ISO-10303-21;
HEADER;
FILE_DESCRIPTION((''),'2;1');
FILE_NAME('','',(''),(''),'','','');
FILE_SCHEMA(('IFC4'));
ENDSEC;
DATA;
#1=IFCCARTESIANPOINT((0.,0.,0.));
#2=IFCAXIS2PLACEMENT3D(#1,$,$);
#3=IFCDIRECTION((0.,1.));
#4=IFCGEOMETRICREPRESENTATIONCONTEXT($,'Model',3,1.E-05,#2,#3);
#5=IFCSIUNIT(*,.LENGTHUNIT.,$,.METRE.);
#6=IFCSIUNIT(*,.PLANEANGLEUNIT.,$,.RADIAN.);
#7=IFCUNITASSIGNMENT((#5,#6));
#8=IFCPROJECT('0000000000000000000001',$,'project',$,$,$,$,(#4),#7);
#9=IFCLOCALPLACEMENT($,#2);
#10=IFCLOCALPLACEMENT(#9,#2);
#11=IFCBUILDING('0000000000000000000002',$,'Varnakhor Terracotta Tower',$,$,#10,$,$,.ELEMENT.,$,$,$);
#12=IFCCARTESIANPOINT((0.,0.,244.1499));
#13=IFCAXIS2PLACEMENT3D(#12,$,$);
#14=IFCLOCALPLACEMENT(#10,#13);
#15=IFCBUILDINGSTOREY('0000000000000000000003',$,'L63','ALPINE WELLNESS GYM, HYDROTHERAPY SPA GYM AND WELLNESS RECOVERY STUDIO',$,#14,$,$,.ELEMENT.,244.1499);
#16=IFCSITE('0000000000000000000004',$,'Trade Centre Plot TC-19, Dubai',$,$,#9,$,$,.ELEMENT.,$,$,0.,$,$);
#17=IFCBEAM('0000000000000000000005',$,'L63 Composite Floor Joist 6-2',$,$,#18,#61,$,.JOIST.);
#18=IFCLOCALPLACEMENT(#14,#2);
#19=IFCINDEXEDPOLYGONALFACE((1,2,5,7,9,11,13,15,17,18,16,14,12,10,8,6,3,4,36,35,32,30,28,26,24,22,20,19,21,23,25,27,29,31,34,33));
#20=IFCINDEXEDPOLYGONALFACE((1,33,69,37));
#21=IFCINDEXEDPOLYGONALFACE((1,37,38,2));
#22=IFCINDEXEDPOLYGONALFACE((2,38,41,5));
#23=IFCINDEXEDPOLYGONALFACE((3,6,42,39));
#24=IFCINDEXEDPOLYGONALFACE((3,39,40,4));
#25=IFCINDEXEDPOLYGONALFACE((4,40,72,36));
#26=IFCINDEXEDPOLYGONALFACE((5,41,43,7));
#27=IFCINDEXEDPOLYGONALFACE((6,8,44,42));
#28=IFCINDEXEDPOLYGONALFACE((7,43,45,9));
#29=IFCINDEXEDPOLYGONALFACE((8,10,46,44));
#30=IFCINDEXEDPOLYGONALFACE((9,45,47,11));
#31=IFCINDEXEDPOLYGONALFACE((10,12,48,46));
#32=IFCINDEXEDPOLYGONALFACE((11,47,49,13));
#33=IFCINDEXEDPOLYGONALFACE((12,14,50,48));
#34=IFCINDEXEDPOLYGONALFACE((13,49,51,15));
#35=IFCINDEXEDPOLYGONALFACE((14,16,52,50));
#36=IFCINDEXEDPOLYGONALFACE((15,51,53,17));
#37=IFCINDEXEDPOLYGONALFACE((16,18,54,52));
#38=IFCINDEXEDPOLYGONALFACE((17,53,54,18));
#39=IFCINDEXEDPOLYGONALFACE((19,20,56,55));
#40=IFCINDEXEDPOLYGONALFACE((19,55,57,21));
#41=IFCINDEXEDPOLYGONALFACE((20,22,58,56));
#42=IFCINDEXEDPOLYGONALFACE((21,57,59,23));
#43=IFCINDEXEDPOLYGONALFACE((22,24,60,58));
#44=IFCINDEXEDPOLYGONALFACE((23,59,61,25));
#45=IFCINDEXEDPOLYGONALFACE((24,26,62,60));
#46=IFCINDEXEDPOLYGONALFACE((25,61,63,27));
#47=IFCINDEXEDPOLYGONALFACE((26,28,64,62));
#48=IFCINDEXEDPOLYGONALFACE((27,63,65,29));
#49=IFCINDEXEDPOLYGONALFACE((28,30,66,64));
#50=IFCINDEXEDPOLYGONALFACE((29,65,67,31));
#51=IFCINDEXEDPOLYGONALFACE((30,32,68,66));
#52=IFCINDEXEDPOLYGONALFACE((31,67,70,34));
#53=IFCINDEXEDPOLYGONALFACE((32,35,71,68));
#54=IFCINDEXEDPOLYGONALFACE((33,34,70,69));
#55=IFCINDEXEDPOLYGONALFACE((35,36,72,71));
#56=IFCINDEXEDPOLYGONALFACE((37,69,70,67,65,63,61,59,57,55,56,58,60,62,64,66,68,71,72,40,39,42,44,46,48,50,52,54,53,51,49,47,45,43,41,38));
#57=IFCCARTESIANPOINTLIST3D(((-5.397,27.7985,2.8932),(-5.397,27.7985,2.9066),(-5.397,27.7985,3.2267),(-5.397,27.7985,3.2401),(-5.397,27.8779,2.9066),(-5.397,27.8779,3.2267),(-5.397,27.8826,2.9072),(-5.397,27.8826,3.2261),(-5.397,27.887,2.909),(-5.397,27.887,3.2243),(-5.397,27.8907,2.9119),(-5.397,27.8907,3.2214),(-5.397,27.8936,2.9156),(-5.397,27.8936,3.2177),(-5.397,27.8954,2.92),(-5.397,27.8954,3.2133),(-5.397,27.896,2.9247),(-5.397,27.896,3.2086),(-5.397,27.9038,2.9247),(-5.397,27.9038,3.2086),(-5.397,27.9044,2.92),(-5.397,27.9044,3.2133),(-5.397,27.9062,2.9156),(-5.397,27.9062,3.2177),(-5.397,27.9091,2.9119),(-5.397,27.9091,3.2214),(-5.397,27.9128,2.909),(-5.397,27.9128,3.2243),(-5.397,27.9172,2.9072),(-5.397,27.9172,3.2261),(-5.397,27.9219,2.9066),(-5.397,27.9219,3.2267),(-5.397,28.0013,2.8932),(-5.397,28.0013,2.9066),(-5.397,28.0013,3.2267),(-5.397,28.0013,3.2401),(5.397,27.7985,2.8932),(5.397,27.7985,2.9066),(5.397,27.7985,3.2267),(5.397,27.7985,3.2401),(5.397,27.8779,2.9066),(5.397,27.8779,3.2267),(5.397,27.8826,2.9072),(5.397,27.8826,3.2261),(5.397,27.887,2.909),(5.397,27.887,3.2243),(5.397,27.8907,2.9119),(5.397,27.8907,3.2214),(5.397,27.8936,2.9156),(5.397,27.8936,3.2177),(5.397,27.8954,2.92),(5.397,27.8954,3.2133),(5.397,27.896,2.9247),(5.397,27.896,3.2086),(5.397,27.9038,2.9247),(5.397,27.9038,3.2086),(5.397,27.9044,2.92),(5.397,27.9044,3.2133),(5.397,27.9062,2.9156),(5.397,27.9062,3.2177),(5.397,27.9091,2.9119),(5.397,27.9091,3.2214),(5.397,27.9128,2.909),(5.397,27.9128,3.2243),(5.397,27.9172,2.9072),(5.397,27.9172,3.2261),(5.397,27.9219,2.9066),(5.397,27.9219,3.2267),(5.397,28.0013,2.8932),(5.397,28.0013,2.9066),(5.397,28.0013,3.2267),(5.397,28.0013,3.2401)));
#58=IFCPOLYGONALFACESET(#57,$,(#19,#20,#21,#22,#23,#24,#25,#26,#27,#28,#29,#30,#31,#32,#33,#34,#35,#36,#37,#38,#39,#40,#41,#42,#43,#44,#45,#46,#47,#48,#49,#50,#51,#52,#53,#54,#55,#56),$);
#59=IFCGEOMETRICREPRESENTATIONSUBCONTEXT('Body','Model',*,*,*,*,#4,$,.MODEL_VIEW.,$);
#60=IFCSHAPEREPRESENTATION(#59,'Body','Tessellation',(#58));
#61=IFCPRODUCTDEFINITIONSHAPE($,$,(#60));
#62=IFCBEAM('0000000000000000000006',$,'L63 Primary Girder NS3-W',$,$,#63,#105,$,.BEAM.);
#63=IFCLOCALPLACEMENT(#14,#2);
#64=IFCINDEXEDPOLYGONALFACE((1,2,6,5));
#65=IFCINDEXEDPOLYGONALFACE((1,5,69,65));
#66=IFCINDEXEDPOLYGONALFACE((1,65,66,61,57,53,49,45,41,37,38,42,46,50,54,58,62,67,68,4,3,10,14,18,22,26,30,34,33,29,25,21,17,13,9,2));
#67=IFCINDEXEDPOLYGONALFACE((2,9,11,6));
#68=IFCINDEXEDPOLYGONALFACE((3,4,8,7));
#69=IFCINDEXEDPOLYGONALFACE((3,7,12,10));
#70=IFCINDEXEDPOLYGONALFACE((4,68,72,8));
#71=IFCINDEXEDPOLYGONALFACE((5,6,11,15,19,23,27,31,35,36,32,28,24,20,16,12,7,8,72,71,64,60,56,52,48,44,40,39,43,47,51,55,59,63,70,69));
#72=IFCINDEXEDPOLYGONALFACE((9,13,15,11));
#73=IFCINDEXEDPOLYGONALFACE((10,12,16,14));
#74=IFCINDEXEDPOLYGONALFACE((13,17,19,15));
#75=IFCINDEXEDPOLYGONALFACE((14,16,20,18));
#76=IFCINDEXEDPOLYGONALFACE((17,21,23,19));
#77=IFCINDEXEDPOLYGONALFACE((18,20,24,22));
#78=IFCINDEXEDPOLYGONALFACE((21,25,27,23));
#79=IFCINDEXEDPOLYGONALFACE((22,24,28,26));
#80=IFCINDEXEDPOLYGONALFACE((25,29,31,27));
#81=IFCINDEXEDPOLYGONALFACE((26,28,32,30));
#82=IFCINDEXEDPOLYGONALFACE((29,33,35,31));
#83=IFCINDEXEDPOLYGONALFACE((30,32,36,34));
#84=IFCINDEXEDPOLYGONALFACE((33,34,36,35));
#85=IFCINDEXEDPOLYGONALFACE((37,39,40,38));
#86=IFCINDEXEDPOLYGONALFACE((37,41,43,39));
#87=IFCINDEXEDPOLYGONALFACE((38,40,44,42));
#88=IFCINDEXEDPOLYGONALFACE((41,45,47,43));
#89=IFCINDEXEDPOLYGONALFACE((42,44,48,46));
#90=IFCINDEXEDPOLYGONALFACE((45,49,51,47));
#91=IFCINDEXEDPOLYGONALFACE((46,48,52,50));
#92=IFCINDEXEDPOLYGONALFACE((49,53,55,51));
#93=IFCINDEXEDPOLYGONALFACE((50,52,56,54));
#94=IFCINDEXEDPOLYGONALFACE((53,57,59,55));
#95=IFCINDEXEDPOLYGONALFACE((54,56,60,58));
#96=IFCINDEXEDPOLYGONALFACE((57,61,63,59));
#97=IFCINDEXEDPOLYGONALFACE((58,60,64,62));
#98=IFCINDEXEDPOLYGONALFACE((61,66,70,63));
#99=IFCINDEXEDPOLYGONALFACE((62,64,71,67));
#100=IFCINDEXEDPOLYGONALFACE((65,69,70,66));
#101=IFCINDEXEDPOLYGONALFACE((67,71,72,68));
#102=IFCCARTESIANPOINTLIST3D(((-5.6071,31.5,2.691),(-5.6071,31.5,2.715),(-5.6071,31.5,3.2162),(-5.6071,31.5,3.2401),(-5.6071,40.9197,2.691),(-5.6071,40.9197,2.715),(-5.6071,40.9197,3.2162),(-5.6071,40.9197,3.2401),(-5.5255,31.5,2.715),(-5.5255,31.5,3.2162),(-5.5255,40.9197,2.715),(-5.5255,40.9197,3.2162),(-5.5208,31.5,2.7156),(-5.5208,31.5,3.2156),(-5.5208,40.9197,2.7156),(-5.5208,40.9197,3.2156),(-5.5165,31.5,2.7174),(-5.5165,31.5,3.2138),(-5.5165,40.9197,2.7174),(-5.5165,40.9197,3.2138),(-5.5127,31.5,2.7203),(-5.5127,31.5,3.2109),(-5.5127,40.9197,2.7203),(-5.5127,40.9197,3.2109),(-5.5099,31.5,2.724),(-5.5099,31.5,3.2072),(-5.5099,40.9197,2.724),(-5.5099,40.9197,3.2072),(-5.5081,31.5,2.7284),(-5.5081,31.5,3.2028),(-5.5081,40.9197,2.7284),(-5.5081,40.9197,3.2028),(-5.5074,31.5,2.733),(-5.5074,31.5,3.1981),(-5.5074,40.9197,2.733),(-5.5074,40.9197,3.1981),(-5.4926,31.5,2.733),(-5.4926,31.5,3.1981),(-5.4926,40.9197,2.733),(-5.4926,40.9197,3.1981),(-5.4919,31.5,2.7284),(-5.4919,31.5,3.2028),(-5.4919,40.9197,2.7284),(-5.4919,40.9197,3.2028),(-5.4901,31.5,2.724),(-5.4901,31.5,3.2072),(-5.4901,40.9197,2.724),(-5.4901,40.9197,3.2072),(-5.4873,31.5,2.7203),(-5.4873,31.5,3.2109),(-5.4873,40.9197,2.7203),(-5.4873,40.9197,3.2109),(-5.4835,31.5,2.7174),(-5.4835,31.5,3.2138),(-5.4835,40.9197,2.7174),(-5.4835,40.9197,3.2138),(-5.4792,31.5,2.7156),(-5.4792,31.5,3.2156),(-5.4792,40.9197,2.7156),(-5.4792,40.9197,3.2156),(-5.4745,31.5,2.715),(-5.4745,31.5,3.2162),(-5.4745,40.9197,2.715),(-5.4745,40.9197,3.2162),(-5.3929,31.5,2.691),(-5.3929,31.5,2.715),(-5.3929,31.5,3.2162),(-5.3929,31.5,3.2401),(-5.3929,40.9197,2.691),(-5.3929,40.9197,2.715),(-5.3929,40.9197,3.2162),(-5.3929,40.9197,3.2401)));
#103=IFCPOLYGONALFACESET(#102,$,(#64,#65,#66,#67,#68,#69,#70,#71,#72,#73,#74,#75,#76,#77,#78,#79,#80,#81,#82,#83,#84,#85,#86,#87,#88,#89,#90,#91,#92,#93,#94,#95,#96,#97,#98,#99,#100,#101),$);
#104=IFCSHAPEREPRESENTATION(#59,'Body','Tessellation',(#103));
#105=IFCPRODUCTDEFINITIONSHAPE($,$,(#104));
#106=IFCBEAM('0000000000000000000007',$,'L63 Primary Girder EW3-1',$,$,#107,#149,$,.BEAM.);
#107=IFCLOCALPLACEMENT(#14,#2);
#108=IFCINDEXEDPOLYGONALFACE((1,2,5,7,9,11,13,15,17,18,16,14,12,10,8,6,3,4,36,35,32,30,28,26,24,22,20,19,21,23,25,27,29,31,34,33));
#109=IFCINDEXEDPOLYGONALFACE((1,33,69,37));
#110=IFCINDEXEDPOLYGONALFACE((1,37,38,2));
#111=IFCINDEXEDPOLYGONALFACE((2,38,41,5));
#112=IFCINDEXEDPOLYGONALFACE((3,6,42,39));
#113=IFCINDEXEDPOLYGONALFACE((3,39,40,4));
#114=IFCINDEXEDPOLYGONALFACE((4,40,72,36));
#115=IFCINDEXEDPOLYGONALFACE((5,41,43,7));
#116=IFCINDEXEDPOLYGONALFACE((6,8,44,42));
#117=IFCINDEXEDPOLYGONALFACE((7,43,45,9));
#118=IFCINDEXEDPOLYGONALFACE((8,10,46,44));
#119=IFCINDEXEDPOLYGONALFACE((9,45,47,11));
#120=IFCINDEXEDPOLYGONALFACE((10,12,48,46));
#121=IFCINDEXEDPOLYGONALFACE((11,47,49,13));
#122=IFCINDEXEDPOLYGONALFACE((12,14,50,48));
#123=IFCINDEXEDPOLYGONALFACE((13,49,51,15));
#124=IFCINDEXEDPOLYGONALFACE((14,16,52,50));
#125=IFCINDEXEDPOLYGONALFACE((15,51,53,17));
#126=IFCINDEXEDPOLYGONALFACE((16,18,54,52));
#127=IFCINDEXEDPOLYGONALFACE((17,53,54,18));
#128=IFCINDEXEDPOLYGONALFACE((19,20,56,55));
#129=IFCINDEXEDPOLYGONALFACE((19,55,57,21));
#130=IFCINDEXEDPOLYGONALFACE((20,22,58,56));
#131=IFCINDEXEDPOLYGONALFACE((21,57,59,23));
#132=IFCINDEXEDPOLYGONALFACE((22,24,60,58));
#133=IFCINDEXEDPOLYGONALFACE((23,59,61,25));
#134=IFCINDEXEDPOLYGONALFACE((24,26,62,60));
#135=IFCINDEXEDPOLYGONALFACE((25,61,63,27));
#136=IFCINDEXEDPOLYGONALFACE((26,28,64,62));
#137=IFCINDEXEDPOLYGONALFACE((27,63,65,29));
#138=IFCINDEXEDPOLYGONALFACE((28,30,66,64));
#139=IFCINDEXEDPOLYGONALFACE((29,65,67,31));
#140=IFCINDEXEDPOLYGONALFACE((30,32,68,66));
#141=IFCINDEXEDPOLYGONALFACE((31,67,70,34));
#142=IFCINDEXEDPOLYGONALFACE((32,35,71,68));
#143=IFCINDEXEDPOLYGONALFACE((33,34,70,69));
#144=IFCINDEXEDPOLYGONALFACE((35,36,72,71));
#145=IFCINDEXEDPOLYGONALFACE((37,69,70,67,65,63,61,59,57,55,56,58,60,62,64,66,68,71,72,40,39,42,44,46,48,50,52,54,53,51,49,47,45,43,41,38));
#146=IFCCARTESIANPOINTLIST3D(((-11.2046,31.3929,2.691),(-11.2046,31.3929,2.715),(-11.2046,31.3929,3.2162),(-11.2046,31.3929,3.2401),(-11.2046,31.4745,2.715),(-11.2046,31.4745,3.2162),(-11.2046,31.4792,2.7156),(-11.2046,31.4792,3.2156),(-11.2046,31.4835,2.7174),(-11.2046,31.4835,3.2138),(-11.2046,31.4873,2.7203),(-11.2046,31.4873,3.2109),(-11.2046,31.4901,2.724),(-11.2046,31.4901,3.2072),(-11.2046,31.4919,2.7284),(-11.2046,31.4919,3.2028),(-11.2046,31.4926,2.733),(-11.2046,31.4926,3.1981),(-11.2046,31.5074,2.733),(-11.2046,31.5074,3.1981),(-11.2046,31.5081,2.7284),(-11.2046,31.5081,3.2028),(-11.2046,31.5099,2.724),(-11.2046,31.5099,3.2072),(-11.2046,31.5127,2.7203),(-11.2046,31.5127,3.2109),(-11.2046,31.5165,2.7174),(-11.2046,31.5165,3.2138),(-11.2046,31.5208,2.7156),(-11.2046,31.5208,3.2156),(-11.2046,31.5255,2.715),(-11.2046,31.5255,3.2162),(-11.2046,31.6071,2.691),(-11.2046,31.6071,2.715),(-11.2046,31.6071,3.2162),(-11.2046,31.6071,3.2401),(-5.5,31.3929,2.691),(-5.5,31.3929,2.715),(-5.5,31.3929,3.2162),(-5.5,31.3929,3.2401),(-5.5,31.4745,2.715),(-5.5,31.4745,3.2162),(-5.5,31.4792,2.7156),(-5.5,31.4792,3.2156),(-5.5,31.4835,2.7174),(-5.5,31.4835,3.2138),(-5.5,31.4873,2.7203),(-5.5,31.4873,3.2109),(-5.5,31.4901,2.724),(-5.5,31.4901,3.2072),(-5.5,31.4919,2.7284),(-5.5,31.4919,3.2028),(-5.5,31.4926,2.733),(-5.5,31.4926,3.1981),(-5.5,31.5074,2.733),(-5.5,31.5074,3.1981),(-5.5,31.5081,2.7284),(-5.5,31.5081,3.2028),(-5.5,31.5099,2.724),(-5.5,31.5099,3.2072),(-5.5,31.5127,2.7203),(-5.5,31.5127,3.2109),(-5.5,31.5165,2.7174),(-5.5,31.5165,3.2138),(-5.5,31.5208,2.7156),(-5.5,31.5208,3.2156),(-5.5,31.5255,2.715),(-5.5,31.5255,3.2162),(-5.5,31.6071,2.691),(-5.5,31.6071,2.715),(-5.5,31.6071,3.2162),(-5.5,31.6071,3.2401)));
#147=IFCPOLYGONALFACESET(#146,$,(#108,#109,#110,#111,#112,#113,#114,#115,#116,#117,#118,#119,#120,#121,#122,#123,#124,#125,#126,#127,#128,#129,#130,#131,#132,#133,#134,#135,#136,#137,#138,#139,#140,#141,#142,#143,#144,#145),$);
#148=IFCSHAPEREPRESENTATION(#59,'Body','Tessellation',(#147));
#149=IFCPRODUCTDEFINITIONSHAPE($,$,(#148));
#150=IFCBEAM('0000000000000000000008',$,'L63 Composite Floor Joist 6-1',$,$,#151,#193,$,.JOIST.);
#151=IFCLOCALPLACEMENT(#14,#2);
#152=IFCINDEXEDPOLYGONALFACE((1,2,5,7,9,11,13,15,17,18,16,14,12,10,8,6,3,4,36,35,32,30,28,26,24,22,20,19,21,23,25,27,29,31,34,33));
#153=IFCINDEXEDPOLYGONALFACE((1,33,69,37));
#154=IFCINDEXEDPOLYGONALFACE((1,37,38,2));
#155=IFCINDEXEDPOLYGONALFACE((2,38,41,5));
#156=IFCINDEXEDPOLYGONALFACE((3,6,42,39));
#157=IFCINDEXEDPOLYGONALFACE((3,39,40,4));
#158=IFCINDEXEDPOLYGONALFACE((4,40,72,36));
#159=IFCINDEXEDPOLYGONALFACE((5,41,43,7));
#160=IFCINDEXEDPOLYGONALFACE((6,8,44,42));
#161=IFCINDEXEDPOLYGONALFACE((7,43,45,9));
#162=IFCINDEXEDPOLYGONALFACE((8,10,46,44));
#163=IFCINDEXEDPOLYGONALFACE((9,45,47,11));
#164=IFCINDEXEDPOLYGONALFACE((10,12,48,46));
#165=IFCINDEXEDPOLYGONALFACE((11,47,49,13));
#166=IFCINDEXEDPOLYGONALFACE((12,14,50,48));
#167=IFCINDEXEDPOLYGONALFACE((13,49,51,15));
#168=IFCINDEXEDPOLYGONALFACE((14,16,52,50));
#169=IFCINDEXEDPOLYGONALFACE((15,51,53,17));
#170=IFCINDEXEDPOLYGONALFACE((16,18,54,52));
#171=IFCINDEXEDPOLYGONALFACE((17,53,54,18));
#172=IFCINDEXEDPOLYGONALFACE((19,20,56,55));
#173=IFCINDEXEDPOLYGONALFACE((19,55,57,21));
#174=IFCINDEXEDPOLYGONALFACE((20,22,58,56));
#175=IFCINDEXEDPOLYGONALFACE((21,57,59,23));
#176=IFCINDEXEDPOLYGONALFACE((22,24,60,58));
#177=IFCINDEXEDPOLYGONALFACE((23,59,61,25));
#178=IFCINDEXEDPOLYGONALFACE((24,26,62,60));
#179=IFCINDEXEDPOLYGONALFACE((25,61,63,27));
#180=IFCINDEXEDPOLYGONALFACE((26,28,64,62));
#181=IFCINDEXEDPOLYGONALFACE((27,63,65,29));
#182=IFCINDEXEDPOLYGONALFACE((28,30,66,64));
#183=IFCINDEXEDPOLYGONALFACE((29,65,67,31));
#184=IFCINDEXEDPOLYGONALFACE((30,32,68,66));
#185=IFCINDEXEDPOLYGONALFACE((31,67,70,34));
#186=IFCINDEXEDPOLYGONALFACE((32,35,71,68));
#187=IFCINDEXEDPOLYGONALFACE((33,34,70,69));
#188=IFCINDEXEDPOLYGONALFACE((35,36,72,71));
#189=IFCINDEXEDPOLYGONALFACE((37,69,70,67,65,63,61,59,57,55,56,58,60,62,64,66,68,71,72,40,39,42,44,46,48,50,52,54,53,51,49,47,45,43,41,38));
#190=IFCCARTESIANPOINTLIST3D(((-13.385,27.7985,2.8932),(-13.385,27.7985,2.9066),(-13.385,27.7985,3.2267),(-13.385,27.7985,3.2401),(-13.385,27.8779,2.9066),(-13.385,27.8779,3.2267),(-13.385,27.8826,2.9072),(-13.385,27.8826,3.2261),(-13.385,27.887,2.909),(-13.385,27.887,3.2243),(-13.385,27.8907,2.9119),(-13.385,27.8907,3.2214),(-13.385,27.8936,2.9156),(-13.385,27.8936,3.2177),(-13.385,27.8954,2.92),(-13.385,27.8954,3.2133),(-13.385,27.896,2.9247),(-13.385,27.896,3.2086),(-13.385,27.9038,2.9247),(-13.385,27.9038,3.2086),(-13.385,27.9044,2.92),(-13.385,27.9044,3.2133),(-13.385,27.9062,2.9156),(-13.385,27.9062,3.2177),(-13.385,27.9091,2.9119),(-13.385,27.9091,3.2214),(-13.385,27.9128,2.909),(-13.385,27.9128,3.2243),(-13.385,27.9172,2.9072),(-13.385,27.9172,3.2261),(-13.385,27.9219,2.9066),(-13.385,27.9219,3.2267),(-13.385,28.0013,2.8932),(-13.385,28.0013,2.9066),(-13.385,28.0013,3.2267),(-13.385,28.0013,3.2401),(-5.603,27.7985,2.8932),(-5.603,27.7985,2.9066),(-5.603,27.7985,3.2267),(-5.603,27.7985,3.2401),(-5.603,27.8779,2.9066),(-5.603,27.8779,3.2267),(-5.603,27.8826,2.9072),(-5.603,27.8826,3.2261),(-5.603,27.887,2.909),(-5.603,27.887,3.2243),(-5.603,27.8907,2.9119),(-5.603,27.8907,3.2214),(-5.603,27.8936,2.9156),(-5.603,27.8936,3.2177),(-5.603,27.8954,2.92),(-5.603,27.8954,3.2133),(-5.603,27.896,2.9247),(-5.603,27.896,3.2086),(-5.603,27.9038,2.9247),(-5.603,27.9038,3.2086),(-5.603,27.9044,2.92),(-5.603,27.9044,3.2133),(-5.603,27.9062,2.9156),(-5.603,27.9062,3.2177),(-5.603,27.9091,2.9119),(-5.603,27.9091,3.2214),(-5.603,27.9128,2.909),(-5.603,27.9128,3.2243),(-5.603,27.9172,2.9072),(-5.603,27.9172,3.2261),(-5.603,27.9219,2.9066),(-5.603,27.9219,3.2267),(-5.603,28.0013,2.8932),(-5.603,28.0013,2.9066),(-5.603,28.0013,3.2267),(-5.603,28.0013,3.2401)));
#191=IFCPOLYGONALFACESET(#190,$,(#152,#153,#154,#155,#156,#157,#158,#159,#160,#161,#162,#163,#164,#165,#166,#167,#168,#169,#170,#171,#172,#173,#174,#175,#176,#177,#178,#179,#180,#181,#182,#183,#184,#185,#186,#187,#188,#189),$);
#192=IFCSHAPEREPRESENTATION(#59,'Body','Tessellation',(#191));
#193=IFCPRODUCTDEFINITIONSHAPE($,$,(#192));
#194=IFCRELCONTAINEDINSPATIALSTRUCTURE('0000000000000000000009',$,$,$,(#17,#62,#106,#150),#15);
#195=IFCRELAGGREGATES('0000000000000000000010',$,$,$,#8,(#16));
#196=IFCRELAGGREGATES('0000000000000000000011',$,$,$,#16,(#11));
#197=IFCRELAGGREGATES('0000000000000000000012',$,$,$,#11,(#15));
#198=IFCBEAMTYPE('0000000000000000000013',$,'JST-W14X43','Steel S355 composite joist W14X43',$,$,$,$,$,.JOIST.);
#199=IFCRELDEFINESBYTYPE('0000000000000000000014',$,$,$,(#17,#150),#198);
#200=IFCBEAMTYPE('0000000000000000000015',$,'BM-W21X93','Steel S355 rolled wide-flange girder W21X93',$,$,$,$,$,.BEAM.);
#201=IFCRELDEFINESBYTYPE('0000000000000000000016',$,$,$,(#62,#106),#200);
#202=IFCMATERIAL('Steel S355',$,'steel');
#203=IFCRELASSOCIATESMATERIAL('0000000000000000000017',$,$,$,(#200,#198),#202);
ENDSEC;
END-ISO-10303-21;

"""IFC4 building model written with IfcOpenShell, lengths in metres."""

from ifc_helpers import new_model, si_unit, direction, frame, origin, origin_2d, place, context, subcontext, project, spatial, i_section, extrude, source, transform, mapped, material, material_profile, profile_set, type_object, element, save


model = new_model("IFC4")

# Units and contexts
model_context = context("Model", 3, precision=1e-05, world=origin(), true_north=direction((0.0, 1.0)))
body_context = subcontext(model_context, "Body", "Model", "MODEL_VIEW")
ifc_project = project(units=[si_unit("LENGTHUNIT", "METRE"), si_unit("PLANEANGLEUNIT", "RADIAN")], contexts=[model_context])

# Site, building, storey
site_placement = place(None, origin())
site = spatial("IfcSite", under=ifc_project, at=site_placement, Name="Trade Centre Plot TC-19, Dubai", CompositionType="ELEMENT", RefElevation=0.0)
building_placement = place(site_placement, origin())
building = spatial("IfcBuilding", under=site, at=building_placement, Name="Varnakhor Terracotta Tower", CompositionType="ELEMENT")
storey_placement = place(building_placement, frame((0.0, 0.0, 244.1499)))
storey = spatial("IfcBuildingStorey", under=building, at=storey_placement, Name="L63", Description="ALPINE WELLNESS GYM, HYDROTHERAPY SPA GYM AND WELLNESS RECOVERY STUDIO", CompositionType="ELEMENT", Elevation=244.1499)

# Beams
ifc_material_1 = material(Name="Steel S355", Category="steel")
ifc_material_profile_1 = material_profile(ifc_material_1, i_section(OverallWidth=0.2141, OverallDepth=0.5491, WebThickness=0.0149, FlangeThickness=0.0239, FilletRadius=0.0181, at=origin_2d()), Name="W21X93")
ifc_profile_set_1 = profile_set([ifc_material_profile_1], Name="Steel S355")
beam_type_1 = type_object("IfcBeamType", Name="BM-W21X93", Description="Steel S355 rolled wide-flange girder W21X93", PredefinedType="BEAM", material=ifc_profile_set_1)
ifc_material_profile_2 = material_profile(ifc_material_1, i_section(OverallWidth=0.2029, OverallDepth=0.3469, WebThickness=0.0078, FlangeThickness=0.0134, FilletRadius=0.0181, at=origin_2d()), Name="W14X43")
ifc_profile_set_2 = profile_set([ifc_material_profile_2], Name="Steel S355")
beam_type_2 = type_object("IfcBeamType", Name="JST-W14X43", Description="Steel S355 composite joist W14X43", PredefinedType="JOIST", material=ifc_profile_set_2)
shared_shape_1 = source(origin(), body_context, "Body", "SweptSolid", [
    extrude(i_section(OverallWidth=0.2029, OverallDepth=0.3469, WebThickness=0.0078, FlangeThickness=0.0134, FilletRadius=0.0181, at=origin_2d()), origin(), (0.0, 0.0, 1.0), 10.7939),
])
beam_1_placement = place(storey_placement, frame((-5.397, 27.8999, 3.0667), z_axis=(1.0, 0.0, 0.0), x_axis=(0.0, 1.0, 0.0)))
element("IfcBeam", 1, at=beam_1_placement, inside=storey, type_object=beam_type_2, Name="L63 Composite Floor Joist 6-2", PredefinedType="JOIST", context=body_context, shape_type="MappedRepresentation", body=[
    mapped(shared_shape_1, transform((0.0, 0.0, 0.0), scale=1.0)),
])
shared_shape_2 = source(origin(), body_context, "Body", "SweptSolid", [
    extrude(i_section(OverallWidth=0.2141, OverallDepth=0.5491, WebThickness=0.0149, FlangeThickness=0.0239, FilletRadius=0.0181, at=origin_2d()), origin(), (0.0, 0.0, 1.0), 9.4197),
])
beam_2_placement = place(storey_placement, frame((-5.5, 31.5, 2.9656), z_axis=(0.0, 1.0, 0.0), x_axis=(-1.0, 0.0, 0.0)))
element("IfcBeam", 2, at=beam_2_placement, inside=storey, type_object=beam_type_1, Name="L63 Primary Girder NS3-W", PredefinedType="BEAM", context=body_context, shape_type="MappedRepresentation", body=[
    mapped(shared_shape_2, transform((0.0, 0.0, 0.0), scale=1.0)),
])
shared_shape_3 = source(origin(), body_context, "Body", "SweptSolid", [
    extrude(i_section(OverallWidth=0.2141, OverallDepth=0.5491, WebThickness=0.0149, FlangeThickness=0.0239, FilletRadius=0.0181, at=origin_2d()), origin(), (0.0, 0.0, 1.0), 5.7046),
])
beam_3_placement = place(storey_placement, frame((-11.2046, 31.5, 2.9656), z_axis=(1.0, 0.0, 0.0), x_axis=(0.0, 1.0, 0.0)))
element("IfcBeam", 3, at=beam_3_placement, inside=storey, type_object=beam_type_1, Name="L63 Primary Girder EW3-1", PredefinedType="BEAM", context=body_context, shape_type="MappedRepresentation", body=[
    mapped(shared_shape_3, transform((0.0, 0.0, 0.0), scale=1.0)),
])
shared_shape_4 = source(origin(), body_context, "Body", "SweptSolid", [
    extrude(i_section(OverallWidth=0.2029, OverallDepth=0.3469, WebThickness=0.0078, FlangeThickness=0.0134, FilletRadius=0.0181, at=origin_2d()), origin(), (0.0, 0.0, 1.0), 7.782),
])
beam_4_placement = place(storey_placement, frame((-13.385, 27.8999, 3.0667), z_axis=(1.0, 0.0, 0.0), x_axis=(0.0, 1.0, 0.0)))
element("IfcBeam", 4, at=beam_4_placement, inside=storey, type_object=beam_type_2, Name="L63 Composite Floor Joist 6-1", PredefinedType="JOIST", context=body_context, shape_type="MappedRepresentation", body=[
    mapped(shared_shape_4, transform((0.0, 0.0, 0.0), scale=1.0)),
])

save(model, "model.ifc")
